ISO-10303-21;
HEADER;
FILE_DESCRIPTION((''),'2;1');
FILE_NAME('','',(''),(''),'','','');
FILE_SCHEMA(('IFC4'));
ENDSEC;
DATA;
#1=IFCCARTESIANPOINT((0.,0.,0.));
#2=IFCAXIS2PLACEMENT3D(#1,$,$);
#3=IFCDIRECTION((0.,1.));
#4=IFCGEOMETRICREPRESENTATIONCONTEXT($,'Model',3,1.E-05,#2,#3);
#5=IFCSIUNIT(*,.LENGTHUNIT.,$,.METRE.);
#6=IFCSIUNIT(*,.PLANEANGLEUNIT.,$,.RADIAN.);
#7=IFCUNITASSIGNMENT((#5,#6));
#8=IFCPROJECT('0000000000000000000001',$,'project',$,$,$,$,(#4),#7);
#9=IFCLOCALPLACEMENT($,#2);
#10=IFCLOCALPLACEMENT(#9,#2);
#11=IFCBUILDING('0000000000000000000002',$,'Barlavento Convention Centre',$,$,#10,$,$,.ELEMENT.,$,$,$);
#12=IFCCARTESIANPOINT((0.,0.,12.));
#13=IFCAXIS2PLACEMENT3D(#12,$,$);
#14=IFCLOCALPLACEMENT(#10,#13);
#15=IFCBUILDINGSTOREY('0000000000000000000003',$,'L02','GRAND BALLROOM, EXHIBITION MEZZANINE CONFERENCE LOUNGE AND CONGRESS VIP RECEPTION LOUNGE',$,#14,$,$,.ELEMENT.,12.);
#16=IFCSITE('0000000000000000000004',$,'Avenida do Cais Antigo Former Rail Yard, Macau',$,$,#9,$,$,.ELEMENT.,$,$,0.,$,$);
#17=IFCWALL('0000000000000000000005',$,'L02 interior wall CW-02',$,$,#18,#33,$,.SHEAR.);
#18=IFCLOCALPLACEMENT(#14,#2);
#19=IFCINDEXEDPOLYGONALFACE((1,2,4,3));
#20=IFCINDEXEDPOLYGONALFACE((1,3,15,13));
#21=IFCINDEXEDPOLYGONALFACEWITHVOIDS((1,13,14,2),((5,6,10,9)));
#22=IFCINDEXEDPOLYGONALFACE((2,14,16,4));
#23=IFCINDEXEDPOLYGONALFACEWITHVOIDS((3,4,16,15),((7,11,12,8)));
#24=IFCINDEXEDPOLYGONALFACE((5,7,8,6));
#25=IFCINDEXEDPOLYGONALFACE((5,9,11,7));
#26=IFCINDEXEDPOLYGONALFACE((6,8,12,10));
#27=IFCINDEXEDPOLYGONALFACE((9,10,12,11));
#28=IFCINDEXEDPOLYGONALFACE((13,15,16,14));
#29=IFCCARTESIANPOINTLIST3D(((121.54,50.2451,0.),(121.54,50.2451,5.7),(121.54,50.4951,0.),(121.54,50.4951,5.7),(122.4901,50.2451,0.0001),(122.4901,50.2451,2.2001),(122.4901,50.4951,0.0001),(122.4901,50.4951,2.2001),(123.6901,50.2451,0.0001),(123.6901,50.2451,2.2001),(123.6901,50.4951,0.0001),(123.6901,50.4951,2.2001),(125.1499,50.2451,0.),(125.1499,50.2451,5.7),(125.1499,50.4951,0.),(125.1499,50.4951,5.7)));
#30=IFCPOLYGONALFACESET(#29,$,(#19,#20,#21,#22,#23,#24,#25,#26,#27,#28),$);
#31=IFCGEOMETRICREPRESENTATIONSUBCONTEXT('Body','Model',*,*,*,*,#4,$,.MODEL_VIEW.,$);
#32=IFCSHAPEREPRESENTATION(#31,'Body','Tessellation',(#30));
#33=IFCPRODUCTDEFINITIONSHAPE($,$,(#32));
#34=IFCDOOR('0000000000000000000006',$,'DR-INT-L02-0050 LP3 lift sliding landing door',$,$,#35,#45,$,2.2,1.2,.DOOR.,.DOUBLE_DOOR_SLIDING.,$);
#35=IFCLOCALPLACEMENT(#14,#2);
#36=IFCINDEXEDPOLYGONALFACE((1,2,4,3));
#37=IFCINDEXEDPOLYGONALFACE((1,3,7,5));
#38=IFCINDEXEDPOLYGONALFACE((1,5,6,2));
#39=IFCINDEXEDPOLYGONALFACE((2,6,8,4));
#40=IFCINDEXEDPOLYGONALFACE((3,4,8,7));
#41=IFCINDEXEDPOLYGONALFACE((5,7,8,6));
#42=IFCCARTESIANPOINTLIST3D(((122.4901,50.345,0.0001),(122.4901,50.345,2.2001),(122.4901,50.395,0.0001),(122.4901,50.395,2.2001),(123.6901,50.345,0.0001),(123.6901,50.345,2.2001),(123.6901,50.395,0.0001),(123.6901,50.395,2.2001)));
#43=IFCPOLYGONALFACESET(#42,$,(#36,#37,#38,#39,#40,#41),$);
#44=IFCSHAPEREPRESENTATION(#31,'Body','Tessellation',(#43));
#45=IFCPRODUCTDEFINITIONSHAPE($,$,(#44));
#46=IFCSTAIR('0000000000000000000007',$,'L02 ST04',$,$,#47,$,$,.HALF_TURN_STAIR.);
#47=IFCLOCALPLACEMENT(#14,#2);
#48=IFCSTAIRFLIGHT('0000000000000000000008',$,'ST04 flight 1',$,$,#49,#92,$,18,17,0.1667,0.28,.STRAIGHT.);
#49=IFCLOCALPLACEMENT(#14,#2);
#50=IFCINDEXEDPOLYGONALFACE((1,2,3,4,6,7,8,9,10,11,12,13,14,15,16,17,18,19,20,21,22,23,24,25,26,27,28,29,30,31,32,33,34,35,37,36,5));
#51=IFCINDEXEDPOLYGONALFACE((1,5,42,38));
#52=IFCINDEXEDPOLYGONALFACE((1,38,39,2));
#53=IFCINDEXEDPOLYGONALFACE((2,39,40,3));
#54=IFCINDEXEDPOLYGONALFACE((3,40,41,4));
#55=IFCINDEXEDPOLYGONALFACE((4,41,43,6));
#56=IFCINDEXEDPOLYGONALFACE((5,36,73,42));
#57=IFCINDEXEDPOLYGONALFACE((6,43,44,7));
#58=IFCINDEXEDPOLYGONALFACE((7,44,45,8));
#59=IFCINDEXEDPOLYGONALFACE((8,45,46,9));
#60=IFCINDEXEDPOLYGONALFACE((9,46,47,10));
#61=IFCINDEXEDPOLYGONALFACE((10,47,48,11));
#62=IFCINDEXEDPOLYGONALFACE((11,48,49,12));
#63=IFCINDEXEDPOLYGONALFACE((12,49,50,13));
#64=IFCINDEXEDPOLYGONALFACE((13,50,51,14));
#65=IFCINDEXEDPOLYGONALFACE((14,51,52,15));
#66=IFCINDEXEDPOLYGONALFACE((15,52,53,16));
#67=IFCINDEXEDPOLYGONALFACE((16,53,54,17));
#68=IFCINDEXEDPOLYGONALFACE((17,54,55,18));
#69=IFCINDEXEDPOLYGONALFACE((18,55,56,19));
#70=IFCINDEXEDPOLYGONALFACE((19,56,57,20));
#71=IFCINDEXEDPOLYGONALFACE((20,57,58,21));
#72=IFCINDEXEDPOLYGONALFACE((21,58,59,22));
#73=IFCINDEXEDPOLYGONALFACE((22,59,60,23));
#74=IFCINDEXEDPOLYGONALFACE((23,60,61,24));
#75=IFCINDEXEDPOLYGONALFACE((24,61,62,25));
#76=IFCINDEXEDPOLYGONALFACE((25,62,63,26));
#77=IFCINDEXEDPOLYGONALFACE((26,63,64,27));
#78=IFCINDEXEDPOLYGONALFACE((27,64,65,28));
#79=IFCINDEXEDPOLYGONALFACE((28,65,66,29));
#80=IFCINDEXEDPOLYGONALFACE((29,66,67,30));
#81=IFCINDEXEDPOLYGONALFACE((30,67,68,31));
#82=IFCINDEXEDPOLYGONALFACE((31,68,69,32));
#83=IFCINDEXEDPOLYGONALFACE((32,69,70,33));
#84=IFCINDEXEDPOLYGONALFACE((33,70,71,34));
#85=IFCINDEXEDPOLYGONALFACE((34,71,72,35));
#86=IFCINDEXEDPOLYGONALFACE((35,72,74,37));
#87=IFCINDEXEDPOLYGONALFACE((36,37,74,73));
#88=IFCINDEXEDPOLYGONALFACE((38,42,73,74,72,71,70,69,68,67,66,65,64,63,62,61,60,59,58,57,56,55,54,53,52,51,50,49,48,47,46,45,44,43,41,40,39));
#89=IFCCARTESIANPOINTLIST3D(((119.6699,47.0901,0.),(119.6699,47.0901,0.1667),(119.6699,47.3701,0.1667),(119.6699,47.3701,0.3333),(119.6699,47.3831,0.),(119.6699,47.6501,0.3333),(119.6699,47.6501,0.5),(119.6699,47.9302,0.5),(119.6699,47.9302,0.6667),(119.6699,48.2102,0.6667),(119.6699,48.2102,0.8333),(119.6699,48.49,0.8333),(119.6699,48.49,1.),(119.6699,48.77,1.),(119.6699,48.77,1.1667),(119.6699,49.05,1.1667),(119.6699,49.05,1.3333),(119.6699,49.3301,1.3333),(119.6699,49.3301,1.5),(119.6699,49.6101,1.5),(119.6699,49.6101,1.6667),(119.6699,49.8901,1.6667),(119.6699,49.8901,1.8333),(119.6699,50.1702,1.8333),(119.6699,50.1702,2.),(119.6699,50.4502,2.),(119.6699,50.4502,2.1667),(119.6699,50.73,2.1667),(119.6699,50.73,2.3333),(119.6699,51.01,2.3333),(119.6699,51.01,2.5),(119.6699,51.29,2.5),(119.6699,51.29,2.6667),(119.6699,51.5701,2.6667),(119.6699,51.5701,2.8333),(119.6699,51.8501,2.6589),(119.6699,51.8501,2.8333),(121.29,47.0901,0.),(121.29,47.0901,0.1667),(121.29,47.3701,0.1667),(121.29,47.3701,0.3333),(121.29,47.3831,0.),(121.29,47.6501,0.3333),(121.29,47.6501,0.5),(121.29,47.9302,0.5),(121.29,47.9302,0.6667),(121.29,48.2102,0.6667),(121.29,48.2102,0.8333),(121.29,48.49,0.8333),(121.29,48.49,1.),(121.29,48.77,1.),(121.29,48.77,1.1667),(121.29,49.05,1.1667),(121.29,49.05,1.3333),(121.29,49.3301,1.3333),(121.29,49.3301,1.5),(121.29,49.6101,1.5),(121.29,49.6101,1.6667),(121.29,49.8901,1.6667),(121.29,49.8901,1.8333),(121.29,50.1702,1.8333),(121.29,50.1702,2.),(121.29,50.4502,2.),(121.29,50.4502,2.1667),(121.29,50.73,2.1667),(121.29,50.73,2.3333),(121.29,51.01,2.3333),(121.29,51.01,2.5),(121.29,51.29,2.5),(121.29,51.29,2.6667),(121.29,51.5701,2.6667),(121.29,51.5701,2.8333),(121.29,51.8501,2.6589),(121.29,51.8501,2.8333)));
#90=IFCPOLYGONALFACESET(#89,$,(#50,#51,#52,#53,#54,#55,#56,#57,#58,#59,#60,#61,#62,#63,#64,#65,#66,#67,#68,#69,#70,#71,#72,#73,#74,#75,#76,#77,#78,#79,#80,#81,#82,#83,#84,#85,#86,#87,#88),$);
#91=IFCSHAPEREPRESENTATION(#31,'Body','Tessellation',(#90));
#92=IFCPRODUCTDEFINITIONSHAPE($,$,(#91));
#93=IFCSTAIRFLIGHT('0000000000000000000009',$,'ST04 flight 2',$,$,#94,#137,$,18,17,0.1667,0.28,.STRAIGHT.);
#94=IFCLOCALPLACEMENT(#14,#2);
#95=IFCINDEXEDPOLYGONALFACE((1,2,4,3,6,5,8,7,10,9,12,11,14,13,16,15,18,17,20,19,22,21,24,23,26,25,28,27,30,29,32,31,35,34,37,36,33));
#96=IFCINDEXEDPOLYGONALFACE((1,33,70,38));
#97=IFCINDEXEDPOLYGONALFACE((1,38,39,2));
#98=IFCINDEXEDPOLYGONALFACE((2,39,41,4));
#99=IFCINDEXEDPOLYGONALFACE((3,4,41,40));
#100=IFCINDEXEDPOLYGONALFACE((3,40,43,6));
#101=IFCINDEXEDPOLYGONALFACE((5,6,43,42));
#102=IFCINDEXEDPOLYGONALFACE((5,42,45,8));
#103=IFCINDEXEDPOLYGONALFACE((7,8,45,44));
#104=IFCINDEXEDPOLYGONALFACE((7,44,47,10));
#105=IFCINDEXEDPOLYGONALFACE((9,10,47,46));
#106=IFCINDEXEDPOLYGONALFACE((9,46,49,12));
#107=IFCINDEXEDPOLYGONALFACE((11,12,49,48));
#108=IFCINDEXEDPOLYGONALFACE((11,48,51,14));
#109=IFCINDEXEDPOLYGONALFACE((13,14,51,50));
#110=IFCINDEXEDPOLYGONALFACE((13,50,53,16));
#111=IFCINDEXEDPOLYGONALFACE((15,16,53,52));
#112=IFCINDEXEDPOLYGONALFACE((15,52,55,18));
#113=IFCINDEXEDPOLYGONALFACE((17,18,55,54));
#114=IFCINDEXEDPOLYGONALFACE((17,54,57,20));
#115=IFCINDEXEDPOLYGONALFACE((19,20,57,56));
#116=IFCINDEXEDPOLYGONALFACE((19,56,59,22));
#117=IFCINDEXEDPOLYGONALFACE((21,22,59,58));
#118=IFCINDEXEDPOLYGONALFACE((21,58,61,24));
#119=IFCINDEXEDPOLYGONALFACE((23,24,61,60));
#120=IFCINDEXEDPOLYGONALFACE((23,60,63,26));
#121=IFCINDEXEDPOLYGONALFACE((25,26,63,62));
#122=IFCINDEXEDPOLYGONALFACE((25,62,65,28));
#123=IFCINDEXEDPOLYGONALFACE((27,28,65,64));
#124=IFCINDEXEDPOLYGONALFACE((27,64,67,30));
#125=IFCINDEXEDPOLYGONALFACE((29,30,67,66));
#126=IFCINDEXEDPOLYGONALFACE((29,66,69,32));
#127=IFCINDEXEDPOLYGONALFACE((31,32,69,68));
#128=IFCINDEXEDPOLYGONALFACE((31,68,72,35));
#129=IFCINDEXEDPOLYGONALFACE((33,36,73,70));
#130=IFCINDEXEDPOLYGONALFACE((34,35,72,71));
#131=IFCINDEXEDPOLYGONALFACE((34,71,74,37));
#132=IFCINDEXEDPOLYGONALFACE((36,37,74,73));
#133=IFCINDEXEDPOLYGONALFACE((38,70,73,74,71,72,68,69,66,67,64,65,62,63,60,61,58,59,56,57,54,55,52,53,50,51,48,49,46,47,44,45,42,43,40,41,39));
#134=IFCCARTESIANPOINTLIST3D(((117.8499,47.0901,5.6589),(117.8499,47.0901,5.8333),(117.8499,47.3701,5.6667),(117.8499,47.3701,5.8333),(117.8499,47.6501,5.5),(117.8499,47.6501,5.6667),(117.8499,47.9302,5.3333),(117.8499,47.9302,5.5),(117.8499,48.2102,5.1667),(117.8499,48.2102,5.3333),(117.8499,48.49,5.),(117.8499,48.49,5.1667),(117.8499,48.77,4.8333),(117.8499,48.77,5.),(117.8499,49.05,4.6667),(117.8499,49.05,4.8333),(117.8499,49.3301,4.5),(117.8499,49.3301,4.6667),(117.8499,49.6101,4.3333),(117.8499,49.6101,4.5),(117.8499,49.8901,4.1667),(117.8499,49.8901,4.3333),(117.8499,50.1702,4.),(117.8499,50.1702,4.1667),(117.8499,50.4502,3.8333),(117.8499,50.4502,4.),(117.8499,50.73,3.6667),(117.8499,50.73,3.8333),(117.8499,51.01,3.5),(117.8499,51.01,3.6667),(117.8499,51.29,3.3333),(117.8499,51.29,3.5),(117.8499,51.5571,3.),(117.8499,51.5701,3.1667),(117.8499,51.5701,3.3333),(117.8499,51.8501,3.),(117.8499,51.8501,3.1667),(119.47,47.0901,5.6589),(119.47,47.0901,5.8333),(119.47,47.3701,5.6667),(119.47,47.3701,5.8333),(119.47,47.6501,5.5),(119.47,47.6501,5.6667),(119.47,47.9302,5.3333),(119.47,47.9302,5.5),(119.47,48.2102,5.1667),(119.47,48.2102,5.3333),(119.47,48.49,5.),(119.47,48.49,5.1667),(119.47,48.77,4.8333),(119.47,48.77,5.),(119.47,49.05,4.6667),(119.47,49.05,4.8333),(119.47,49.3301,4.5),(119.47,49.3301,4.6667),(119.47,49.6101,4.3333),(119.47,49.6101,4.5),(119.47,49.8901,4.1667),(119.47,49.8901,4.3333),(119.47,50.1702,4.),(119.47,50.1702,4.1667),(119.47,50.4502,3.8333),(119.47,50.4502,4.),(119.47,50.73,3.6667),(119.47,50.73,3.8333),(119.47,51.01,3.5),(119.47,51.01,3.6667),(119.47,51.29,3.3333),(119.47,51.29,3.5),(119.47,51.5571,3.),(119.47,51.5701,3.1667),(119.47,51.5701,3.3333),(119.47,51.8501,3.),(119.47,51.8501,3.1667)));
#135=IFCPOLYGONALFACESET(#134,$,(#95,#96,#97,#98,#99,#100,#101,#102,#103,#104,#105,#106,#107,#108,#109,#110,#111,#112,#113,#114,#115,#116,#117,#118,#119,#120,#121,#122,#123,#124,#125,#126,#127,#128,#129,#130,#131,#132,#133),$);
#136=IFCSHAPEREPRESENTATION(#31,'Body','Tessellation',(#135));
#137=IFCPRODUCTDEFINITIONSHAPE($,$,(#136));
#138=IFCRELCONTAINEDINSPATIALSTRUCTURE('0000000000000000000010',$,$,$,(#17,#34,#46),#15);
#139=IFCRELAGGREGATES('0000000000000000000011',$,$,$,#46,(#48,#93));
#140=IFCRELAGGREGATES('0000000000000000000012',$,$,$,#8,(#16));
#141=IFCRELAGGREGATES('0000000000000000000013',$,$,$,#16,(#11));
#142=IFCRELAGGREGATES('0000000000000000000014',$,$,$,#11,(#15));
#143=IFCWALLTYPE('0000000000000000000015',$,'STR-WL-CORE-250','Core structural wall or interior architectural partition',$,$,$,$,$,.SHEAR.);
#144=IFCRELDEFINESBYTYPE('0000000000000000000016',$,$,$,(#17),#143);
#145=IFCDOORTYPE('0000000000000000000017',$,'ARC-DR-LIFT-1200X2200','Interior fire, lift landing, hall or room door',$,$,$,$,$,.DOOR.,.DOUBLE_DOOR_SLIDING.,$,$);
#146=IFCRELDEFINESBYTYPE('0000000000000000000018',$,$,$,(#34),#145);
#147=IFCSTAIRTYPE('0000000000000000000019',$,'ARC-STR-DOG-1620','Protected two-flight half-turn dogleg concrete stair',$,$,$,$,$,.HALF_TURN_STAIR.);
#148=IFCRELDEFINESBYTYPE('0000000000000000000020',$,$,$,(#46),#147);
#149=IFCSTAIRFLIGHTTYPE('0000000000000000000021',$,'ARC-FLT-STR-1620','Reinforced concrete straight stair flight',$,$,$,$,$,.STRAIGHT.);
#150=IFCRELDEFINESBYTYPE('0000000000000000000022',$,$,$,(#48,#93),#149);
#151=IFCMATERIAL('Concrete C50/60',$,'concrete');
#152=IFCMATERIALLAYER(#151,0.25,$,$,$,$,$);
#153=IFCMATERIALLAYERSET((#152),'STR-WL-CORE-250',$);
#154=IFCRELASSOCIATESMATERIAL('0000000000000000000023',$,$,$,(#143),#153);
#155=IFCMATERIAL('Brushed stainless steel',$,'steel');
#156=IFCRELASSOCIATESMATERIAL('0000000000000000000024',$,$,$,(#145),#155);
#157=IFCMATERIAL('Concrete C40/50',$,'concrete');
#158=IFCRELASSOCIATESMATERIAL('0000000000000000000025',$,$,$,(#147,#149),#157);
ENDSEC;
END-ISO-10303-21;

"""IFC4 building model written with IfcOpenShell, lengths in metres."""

from ifc_helpers import new_model, si_unit, direction, frame, frame_2d, origin, place, context, subcontext, project, spatial, polyline, rectangle, outline, extrude, material, layer, layer_set, type_object, element, fill, aggregate, save


model = new_model("IFC4")

# Units and contexts
model_context = context("Model", 3, precision=1e-05, world=origin(), true_north=direction((0.0, 1.0)))
body_context = subcontext(model_context, "Body", "Model", "MODEL_VIEW")
ifc_project = project(units=[si_unit("LENGTHUNIT", "METRE"), si_unit("PLANEANGLEUNIT", "RADIAN")], contexts=[model_context])

# Site, building, storey
site_placement = place(None, origin())
site = spatial("IfcSite", under=ifc_project, at=site_placement, Name="Avenida do Cais Antigo Former Rail Yard, Macau", CompositionType="ELEMENT", RefElevation=0.0)
building_placement = place(site_placement, origin())
building = spatial("IfcBuilding", under=site, at=building_placement, Name="Barlavento Convention Centre", CompositionType="ELEMENT")
storey_placement = place(building_placement, frame((0.0, 0.0, 12.0)))
storey = spatial("IfcBuildingStorey", under=building, at=storey_placement, Name="L02", Description="GRAND BALLROOM, EXHIBITION MEZZANINE CONFERENCE LOUNGE AND CONGRESS VIP RECEPTION LOUNGE", CompositionType="ELEMENT", Elevation=12.0)

# Wall, opening, door
ifc_material_1 = material(Name="Concrete C50/60", Category="concrete")
ifc_layer_1 = layer(ifc_material_1, 0.25)
ifc_layer_set_1 = layer_set([ifc_layer_1], Name="STR-WL-CORE-250")
wall_type_1 = type_object("IfcWallType", Name="STR-WL-CORE-250", Description="Core structural wall or interior architectural partition", PredefinedType="SHEAR", material=ifc_layer_set_1)
wall_1_placement = place(storey_placement, frame((121.54, 50.3701, 0.0), z_axis=(0.0, 0.0, 1.0), x_axis=(1.0, 0.0, 0.0)))
wall_1 = element("IfcWall", 1, at=wall_1_placement, inside=storey, type_object=wall_type_1, Name="L02 interior wall CW-02", PredefinedType="SHEAR", context=body_context, shape_type="SweptSolid", body=[
    extrude(rectangle(XDim=3.6099, YDim=0.25, at=frame_2d((1.8049, 0.0))), origin(), (0.0, 0.0, 1.0), 5.7),
])
opening_1_placement = place(wall_1_placement, frame((0.95, 0.0, 0.0)))
opening_1 = element("IfcOpeningElement", 2, at=opening_1_placement, cuts=wall_1, PredefinedType="OPENING", context=body_context, shape_type="SweptSolid", body=[
    extrude(rectangle(XDim=1.2, YDim=2.2, at=frame_2d((0.6001, 1.1001))), frame((0.0, 0.135, 0.0), z_axis=(0.0, -1.0, 0.0), x_axis=(1.0, 0.0, 0.0)), (0.0, 0.0, 1.0), 0.27),
])
ifc_material_2 = material(Name="Brushed stainless steel", Category="steel")
door_type_1 = type_object("IfcDoorType", Name="ARC-DR-LIFT-1200X2200", Description="Interior fire, lift landing, hall or room door", OperationType="DOUBLE_DOOR_SLIDING", PredefinedType="DOOR", material=ifc_material_2)
door_1_placement = place(opening_1_placement, origin())
door_1 = element("IfcDoor", 3, at=door_1_placement, inside=storey, type_object=door_type_1, Name="DR-INT-L02-0050 LP3 lift sliding landing door", OperationType="DOUBLE_DOOR_SLIDING", OverallHeight=2.2, OverallWidth=1.2, PredefinedType="DOOR", context=body_context, shape_type="SweptSolid", body=[
    extrude(rectangle(XDim=1.2, YDim=2.2, at=frame_2d((0.6001, 1.1001))), frame((0.0, 0.0249, 0.0), z_axis=(0.0, -1.0, 0.0), x_axis=(1.0, 0.0, 0.0)), (0.0, 0.0, 1.0), 0.05),
])
fill(opening_1, door_1)

# Stair, stair flights
ifc_material_3 = material(Name="Concrete C40/50", Category="concrete")
stair_type = type_object("IfcStairType", Name="ARC-STR-DOG-1620", Description="Protected two-flight half-turn dogleg concrete stair", PredefinedType="HALF_TURN_STAIR", material=ifc_material_3)
stair_placement = place(storey_placement, origin())
stair = element("IfcStair", 4, at=stair_placement, inside=storey, type_object=stair_type, Name="L02 ST04", PredefinedType="HALF_TURN_STAIR")
stair_flight_type = type_object("IfcStairFlightType", Name="ARC-FLT-STR-1620", Description="Reinforced concrete straight stair flight", PredefinedType="STRAIGHT", material=ifc_material_3)
stair_flight_1_placement = place(storey_placement, frame((120.48, 47.0901, 0.0), z_axis=(0.0, 0.0, 1.0), x_axis=(0.0, 1.0, 0.0)))
stair_flight_1 = element("IfcStairFlight", 5, at=stair_flight_1_placement, type_object=stair_flight_type, Name="ST04 flight 1", NumberOfRisers=18, NumberOfTreads=17, PredefinedType="STRAIGHT", RiserHeight=0.1667, TreadLength=0.28, context=body_context, shape_type="SweptSolid", body=[
    extrude(outline(polyline([(0.0, 0.0), (0.0, 0.1667), (0.28, 0.1667), (0.28, 0.3333), (0.5601, 0.3333), (0.5601, 0.5), (0.8401, 0.5), (0.8401, 0.6667), (1.1201, 0.6667), (1.1201, 0.8333), (1.3999, 0.8333), (1.3999, 1.0), (1.6799, 1.0), (1.6799, 1.1667), (1.96, 1.1667), (1.96, 1.3333), (2.24, 1.3333), (2.24, 1.5), (2.52, 1.5), (2.52, 1.6667), (2.8, 1.6667), (2.8, 1.8333), (3.0801, 1.8333), (3.0801, 2.0), (3.3601, 2.0), (3.3601, 2.1667), (3.6399, 2.1667), (3.6399, 2.3333), (3.9199, 2.3333), (3.9199, 2.5), (4.2, 2.5), (4.2, 2.6667), (4.48, 2.6667), (4.48, 2.8333), (4.76, 2.8333), (4.76, 3.0), (4.76, 2.6589), (0.293, 0.0), (0.0, 0.0)])), frame((0.0, 0.8101, 0.0), z_axis=(0.0, -1.0, 0.0), x_axis=(1.0, 0.0, 0.0)), (0.0, 0.0, 1.0), 1.6201),
])
stair_flight_2_placement = place(storey_placement, frame((118.6599, 51.8501, 3.0), z_axis=(0.0, 0.0, 1.0), x_axis=(0.0, -1.0, 0.0)))
stair_flight_2 = element("IfcStairFlight", 6, at=stair_flight_2_placement, type_object=stair_flight_type, Name="ST04 flight 2", NumberOfRisers=18, NumberOfTreads=17, PredefinedType="STRAIGHT", RiserHeight=0.1667, TreadLength=0.28, context=body_context, shape_type="SweptSolid", body=[
    extrude(outline(polyline([(0.0, 0.0), (0.0, 0.1667), (0.28, 0.1667), (0.28, 0.3333), (0.5601, 0.3333), (0.5601, 0.5), (0.8401, 0.5), (0.8401, 0.6667), (1.1201, 0.6667), (1.1201, 0.8333), (1.3999, 0.8333), (1.3999, 1.0), (1.6799, 1.0), (1.6799, 1.1667), (1.96, 1.1667), (1.96, 1.3333), (2.24, 1.3333), (2.24, 1.5), (2.52, 1.5), (2.52, 1.6667), (2.8, 1.6667), (2.8, 1.8333), (3.0801, 1.8333), (3.0801, 2.0), (3.3601, 2.0), (3.3601, 2.1667), (3.6399, 2.1667), (3.6399, 2.3333), (3.9199, 2.3333), (3.9199, 2.5), (4.2, 2.5), (4.2, 2.6667), (4.48, 2.6667), (4.48, 2.8333), (4.76, 2.8333), (4.76, 3.0), (4.76, 2.6589), (0.293, 0.0), (0.0, 0.0)])), frame((0.0, 0.8101, 0.0), z_axis=(0.0, -1.0, 0.0), x_axis=(1.0, 0.0, 0.0)), (0.0, 0.0, 1.0), 1.6201),
])
aggregate(stair, [stair_flight_1, stair_flight_2])

save(model, "model.ifc")
